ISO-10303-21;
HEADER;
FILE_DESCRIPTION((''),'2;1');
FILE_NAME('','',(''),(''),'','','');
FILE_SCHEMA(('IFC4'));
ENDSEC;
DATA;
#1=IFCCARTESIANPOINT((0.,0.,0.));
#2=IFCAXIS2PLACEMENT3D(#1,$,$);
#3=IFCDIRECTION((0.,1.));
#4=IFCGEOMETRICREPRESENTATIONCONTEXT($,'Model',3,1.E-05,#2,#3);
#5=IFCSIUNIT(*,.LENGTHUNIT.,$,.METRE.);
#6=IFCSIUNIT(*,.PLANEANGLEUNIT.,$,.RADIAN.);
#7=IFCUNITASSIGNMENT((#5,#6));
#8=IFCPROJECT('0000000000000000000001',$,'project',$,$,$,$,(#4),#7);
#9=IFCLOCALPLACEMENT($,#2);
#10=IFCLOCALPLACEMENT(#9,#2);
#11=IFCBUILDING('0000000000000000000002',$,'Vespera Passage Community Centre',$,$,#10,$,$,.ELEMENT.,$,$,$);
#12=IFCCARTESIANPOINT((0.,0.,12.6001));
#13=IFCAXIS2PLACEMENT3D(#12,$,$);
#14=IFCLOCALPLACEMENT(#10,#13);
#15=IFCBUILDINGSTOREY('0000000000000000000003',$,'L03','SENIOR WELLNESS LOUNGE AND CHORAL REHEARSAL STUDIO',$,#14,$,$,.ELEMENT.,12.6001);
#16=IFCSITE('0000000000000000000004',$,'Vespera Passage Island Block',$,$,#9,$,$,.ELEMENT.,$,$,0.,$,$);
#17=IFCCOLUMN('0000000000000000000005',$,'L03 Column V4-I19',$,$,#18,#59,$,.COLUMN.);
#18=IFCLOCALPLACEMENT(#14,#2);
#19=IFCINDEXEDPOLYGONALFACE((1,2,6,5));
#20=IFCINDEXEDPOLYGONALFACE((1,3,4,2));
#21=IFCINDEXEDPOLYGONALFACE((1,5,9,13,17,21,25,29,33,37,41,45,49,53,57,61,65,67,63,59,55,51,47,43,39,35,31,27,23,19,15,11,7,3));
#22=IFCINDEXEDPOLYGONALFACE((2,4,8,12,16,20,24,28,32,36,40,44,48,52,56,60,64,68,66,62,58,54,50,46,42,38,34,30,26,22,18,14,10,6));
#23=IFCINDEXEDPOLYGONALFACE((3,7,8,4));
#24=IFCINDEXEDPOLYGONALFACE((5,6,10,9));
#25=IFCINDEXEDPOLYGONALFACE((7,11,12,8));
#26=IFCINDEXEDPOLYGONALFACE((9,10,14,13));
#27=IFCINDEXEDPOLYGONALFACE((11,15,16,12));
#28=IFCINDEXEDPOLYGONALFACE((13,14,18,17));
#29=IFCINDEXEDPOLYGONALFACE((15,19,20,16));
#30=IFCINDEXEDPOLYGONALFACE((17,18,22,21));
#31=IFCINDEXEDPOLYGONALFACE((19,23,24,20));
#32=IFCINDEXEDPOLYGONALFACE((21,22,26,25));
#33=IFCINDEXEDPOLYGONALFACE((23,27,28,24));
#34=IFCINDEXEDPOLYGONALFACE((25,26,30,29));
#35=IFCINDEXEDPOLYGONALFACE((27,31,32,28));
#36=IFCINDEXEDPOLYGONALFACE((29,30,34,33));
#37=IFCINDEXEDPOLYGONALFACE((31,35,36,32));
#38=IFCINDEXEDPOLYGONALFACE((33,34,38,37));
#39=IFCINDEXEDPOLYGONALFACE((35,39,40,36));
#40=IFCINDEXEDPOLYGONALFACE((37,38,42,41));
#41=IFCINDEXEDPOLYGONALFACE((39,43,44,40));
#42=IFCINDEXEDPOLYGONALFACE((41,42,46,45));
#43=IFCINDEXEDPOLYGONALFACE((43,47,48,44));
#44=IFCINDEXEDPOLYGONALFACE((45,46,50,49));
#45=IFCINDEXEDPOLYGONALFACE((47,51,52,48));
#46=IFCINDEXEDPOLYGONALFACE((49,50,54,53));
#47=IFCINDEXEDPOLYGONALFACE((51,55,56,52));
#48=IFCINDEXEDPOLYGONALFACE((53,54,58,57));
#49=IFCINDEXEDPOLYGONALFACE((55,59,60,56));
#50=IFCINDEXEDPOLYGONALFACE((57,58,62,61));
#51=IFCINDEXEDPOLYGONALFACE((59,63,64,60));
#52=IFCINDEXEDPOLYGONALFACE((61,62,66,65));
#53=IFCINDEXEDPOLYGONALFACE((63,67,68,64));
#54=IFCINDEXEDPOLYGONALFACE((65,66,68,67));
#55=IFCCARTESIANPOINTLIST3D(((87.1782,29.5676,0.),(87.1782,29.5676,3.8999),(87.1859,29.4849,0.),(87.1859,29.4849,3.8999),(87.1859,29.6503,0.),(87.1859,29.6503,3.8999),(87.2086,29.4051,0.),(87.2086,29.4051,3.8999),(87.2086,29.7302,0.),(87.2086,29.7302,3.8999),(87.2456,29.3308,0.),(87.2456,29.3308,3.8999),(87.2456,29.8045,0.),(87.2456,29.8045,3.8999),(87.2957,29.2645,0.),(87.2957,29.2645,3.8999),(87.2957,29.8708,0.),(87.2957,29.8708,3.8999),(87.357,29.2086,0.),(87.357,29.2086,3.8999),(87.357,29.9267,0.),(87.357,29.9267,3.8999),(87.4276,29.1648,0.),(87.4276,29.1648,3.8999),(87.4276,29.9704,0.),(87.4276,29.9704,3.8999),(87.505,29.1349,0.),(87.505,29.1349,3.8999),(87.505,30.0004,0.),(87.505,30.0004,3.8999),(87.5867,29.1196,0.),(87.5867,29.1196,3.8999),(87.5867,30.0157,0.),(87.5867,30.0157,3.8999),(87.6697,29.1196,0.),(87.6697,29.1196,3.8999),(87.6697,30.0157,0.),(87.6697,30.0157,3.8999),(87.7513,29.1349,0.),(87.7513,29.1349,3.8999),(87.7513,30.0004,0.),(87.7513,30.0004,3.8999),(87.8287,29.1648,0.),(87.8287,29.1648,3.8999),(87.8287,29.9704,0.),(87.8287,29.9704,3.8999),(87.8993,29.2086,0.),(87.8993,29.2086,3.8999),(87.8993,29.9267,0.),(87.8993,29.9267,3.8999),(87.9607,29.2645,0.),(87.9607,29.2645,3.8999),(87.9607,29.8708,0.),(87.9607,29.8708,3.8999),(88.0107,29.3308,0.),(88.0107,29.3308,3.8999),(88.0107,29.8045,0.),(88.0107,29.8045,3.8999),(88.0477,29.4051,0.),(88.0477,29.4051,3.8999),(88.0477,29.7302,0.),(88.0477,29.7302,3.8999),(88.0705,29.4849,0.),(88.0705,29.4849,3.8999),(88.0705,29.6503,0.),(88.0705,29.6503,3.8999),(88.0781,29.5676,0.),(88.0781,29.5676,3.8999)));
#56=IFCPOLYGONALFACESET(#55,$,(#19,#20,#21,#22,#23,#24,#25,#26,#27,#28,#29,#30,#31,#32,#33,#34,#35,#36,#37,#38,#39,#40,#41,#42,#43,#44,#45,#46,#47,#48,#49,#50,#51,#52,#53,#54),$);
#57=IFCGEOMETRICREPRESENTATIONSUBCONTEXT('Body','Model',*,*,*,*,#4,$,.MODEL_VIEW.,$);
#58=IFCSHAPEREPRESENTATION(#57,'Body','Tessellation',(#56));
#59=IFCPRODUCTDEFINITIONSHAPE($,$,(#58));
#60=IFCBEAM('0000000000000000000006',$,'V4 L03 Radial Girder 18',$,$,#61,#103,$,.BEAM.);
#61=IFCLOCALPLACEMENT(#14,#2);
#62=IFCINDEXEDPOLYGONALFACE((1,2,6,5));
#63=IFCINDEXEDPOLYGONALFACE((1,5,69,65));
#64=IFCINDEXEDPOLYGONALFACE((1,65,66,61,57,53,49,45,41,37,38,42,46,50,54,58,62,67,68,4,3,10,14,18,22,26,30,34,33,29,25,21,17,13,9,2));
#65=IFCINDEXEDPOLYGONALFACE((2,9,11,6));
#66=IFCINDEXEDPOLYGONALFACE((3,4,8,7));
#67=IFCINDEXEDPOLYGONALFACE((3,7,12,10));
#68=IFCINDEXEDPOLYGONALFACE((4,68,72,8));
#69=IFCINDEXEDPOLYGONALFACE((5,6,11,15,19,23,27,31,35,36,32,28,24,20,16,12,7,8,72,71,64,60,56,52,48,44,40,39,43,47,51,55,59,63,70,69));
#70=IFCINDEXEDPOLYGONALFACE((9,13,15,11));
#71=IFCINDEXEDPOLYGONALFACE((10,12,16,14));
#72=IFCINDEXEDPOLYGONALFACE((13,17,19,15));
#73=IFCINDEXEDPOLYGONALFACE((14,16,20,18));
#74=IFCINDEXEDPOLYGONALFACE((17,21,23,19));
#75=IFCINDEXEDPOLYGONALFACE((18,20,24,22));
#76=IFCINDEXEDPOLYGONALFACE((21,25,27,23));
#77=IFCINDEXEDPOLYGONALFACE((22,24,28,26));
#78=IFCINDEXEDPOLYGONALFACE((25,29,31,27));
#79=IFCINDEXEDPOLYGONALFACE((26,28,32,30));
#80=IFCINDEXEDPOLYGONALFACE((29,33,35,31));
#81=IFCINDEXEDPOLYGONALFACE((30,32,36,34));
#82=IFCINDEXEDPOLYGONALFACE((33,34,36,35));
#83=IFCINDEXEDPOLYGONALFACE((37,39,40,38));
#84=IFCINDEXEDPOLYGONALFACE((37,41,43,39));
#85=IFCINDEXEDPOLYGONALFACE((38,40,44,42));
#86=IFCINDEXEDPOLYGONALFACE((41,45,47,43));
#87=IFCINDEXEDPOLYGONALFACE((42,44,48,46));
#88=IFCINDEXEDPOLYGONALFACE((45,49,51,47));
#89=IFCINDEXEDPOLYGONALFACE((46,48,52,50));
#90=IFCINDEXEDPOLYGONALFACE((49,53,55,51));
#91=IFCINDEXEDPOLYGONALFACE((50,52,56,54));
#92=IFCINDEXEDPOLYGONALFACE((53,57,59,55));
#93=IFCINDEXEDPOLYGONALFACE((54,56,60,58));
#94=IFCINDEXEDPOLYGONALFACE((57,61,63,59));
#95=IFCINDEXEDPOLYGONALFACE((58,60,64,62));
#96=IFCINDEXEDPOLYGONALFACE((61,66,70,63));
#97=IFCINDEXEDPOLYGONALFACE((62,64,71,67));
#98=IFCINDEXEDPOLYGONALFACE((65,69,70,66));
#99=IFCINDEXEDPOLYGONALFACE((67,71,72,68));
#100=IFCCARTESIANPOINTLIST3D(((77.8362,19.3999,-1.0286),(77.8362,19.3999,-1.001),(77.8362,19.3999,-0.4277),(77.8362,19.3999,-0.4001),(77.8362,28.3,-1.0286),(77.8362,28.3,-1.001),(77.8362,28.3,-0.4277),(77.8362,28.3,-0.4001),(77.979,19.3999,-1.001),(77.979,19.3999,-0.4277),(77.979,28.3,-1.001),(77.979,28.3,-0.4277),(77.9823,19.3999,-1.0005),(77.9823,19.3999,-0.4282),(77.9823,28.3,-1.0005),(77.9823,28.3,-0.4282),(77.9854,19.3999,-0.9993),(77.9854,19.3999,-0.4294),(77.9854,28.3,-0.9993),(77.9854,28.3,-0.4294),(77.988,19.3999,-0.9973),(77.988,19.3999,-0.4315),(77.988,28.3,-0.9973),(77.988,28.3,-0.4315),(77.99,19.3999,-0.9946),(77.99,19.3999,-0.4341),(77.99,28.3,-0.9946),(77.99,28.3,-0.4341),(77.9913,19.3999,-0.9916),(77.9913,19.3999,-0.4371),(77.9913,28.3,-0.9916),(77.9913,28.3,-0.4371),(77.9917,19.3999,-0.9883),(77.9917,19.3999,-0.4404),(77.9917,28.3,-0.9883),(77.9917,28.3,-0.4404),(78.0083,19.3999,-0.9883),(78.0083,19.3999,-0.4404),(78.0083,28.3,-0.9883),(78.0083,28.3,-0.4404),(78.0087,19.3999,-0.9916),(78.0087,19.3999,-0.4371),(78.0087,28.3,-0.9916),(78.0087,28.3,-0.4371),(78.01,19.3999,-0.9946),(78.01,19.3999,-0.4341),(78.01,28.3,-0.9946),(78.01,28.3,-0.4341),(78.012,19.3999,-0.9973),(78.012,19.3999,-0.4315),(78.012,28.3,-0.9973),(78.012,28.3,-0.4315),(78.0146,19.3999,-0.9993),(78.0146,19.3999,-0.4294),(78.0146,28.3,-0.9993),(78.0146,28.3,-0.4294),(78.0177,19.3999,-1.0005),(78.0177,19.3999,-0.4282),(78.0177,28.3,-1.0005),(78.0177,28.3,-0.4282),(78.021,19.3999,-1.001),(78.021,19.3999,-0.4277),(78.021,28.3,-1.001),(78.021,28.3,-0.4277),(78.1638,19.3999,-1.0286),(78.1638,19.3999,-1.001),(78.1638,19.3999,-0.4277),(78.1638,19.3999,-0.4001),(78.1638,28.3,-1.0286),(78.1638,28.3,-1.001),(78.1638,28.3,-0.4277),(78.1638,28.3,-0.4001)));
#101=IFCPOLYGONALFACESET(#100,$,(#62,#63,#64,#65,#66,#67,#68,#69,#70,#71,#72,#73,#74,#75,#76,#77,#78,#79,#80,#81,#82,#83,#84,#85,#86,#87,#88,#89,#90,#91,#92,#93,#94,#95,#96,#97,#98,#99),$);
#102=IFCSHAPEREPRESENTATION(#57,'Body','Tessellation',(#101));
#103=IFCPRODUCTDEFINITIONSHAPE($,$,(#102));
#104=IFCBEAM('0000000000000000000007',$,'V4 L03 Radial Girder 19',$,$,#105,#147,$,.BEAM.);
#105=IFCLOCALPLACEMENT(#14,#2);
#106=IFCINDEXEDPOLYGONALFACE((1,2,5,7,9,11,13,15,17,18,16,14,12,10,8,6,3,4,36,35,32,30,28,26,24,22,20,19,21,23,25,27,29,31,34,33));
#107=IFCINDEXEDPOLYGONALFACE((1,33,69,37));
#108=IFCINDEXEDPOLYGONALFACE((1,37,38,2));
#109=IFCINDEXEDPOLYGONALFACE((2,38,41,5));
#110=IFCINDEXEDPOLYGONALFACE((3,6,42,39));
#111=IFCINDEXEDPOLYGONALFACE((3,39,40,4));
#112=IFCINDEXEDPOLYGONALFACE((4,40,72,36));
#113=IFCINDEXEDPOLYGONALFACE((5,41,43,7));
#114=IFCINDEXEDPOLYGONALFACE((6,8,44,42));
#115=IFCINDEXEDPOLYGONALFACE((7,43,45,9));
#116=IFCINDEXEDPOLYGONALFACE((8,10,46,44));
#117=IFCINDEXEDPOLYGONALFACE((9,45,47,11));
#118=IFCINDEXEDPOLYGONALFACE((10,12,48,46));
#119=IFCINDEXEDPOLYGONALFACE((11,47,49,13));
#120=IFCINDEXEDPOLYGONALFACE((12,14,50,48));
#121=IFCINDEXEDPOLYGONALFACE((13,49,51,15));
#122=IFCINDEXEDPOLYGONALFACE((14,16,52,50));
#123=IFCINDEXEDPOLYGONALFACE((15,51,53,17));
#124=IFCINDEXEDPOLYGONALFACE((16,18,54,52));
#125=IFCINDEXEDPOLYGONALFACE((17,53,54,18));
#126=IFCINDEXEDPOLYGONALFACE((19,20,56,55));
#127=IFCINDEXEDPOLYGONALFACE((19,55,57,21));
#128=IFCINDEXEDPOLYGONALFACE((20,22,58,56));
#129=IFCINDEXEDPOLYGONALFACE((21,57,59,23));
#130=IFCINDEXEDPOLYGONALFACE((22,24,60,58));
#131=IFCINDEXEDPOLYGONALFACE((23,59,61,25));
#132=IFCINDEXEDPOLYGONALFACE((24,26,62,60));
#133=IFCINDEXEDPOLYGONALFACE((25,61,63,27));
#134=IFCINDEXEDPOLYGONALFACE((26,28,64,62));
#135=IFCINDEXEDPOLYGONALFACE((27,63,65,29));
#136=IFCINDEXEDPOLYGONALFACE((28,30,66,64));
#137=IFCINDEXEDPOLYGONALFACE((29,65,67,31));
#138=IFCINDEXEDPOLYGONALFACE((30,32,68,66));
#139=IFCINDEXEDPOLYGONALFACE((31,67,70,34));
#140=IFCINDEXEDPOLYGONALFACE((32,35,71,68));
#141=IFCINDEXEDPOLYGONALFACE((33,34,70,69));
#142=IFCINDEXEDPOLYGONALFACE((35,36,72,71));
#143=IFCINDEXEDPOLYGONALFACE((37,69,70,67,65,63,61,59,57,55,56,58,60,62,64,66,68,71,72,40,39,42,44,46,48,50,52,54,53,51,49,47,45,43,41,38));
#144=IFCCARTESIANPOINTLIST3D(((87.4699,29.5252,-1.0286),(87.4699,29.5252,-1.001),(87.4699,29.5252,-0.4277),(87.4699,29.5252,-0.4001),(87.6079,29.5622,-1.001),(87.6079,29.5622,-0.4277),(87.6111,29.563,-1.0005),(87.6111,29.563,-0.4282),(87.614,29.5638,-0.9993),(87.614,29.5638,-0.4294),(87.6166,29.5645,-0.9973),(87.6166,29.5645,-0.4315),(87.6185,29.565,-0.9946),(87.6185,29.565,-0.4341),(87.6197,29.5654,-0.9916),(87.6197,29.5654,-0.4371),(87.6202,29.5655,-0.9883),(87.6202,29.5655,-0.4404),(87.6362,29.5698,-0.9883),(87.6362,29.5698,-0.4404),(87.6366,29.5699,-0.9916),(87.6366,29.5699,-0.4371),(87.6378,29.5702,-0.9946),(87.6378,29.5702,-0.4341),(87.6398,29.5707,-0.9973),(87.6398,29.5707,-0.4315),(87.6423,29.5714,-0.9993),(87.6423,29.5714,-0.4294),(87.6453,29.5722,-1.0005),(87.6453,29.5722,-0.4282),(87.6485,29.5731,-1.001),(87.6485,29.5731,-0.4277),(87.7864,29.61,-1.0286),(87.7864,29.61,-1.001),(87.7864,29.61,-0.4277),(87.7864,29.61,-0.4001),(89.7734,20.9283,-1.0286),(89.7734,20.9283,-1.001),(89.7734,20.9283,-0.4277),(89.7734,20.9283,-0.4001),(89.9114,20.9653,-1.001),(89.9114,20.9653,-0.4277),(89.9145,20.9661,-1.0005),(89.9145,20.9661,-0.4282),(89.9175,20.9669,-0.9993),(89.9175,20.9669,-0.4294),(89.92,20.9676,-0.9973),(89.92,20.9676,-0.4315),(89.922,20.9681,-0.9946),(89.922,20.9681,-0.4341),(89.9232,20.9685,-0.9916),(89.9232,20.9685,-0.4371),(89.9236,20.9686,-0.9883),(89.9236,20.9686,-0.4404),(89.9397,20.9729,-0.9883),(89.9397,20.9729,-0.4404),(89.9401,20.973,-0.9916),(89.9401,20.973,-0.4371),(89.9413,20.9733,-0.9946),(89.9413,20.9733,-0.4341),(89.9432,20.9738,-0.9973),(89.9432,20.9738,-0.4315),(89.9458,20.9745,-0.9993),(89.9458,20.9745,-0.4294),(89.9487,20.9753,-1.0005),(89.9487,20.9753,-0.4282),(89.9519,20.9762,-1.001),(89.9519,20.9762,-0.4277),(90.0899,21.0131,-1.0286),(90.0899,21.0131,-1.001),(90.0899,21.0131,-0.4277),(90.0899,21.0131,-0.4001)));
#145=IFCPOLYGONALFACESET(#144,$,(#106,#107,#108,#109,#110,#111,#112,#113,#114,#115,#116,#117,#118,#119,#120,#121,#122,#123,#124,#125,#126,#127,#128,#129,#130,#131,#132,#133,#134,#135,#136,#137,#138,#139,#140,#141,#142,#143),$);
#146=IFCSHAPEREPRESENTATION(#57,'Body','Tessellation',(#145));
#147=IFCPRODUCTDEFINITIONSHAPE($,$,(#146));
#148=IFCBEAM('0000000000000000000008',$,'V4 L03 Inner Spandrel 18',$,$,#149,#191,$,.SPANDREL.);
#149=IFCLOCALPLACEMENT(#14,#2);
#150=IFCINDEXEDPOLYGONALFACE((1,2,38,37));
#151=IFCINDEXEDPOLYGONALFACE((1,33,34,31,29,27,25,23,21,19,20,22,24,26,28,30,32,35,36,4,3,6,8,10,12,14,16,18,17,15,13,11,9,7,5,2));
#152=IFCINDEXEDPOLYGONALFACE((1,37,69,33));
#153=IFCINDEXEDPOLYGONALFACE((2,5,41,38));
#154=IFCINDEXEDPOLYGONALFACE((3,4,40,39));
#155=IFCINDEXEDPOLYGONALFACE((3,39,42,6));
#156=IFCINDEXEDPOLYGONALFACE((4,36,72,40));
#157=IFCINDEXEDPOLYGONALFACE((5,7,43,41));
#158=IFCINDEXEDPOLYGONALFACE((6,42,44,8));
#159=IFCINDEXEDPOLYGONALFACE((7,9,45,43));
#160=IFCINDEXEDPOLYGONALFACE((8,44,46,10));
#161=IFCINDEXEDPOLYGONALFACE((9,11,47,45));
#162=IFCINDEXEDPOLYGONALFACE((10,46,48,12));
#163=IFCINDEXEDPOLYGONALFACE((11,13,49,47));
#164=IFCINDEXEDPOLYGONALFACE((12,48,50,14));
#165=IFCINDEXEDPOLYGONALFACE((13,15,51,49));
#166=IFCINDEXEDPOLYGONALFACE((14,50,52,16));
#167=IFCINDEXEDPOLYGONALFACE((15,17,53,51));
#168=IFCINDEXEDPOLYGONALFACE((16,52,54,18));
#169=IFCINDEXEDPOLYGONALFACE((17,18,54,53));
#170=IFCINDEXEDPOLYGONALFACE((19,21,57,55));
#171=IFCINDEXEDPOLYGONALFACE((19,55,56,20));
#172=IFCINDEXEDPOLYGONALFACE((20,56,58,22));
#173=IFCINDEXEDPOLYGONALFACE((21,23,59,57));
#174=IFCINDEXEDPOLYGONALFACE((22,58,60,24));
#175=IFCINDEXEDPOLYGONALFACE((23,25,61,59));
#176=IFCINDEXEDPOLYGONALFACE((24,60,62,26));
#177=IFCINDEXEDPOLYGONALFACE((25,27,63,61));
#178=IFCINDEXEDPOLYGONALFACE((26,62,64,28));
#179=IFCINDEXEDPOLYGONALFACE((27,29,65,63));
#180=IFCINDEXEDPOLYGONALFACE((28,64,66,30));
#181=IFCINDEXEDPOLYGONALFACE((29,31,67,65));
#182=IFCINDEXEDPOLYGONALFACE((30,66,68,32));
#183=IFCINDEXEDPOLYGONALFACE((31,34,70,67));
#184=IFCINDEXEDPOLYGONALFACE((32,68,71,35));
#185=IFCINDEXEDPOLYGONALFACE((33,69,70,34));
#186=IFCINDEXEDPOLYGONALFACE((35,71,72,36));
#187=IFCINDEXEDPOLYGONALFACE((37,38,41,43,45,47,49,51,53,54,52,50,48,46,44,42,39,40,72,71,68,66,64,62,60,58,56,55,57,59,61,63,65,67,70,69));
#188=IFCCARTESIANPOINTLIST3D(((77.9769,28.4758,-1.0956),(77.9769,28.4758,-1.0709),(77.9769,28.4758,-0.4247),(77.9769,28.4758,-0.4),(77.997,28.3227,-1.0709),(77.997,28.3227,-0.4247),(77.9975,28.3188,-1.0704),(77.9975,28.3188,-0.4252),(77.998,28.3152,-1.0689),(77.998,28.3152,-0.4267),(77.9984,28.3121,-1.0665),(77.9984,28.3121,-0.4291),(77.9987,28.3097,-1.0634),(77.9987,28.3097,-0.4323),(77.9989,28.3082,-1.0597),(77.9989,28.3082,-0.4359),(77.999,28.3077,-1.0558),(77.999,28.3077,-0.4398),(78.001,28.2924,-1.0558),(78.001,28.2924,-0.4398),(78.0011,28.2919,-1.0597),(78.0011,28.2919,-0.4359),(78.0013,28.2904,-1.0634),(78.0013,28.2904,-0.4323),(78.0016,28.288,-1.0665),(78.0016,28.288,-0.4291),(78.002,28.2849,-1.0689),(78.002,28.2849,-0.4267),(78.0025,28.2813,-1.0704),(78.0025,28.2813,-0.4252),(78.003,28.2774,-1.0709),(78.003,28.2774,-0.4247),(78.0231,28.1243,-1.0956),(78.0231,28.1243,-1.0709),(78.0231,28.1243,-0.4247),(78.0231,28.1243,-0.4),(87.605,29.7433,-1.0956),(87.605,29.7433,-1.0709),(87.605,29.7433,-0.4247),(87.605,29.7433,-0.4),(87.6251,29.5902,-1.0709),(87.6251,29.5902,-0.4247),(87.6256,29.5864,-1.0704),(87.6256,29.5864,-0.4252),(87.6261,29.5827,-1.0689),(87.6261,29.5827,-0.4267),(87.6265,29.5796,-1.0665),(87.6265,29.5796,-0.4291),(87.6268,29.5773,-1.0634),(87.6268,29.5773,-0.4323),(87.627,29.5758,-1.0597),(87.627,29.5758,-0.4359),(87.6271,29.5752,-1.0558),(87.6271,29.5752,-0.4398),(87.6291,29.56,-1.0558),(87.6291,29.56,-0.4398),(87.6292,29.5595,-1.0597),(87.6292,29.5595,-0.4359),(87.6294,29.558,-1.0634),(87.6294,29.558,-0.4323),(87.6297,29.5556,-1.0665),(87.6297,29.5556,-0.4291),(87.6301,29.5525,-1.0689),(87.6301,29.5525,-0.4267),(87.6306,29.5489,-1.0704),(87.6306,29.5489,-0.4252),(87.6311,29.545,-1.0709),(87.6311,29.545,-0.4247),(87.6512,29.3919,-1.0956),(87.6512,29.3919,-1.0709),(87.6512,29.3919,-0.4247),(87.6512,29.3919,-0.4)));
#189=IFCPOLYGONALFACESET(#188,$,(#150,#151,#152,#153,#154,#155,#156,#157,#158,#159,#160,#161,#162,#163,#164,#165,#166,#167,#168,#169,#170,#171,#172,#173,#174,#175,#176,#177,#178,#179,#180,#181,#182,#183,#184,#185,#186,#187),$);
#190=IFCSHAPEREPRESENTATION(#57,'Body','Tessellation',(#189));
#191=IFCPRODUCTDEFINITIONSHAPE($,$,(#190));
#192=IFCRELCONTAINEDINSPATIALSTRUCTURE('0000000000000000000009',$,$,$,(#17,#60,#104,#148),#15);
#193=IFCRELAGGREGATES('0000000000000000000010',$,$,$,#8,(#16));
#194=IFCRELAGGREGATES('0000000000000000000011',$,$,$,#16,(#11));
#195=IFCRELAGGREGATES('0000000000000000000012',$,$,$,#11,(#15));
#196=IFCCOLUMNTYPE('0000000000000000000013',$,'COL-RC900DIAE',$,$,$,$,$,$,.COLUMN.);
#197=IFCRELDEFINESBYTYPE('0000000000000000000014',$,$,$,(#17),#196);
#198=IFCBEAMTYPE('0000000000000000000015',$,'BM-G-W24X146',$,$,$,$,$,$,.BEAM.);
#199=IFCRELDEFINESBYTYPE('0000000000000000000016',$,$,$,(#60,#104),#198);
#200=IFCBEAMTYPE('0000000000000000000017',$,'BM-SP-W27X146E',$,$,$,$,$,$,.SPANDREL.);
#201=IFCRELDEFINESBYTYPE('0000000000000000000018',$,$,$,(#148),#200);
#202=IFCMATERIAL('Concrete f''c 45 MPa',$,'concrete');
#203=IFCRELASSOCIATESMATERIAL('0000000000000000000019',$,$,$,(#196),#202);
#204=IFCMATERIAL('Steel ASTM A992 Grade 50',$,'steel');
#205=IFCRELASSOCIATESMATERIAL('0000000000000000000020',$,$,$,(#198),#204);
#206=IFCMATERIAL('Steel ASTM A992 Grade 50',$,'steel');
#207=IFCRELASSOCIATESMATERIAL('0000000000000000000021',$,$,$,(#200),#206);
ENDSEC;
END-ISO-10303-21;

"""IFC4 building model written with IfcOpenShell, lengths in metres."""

from ifc_helpers import new_model, si_unit, direction, frame, origin, origin_2d, place, context, subcontext, project, spatial, circle, i_section, extrude, material, material_profile, profile_set, type_object, element, save


model = new_model("IFC4")

# Units and contexts
model_context = context("Model", 3, precision=1e-05, world=origin(), true_north=direction((0.0, 1.0)))
body_context = subcontext(model_context, "Body", "Model", "MODEL_VIEW")
ifc_project = project(units=[si_unit("LENGTHUNIT", "METRE"), si_unit("PLANEANGLEUNIT", "RADIAN")], contexts=[model_context])

# Site, building, storey
site_placement = place(None, origin())
site = spatial("IfcSite", under=ifc_project, at=site_placement, Name="Vespera Passage Island Block", CompositionType="ELEMENT", RefElevation=0.0)
building_placement = place(site_placement, origin())
building = spatial("IfcBuilding", under=site, at=building_placement, Name="Vespera Passage Community Centre", CompositionType="ELEMENT")
storey_placement = place(building_placement, frame((0.0, 0.0, 12.6001)))
storey = spatial("IfcBuildingStorey", under=building, at=storey_placement, Name="L03", Description="SENIOR WELLNESS LOUNGE AND CHORAL REHEARSAL STUDIO", CompositionType="ELEMENT", Elevation=12.6001)

# Column
ifc_material_1 = material(Name="Concrete f'c 45 MPa", Category="concrete")
ifc_material_profile_1 = material_profile(ifc_material_1, circle(Radius=0.45, at=origin_2d()), Name="RC900DIA")
ifc_profile_set_1 = profile_set([ifc_material_profile_1], Name="Concrete f'c 45 MPa")
column_type = type_object("IfcColumnType", Name="COL-RC900DIAE", PredefinedType="COLUMN", material=ifc_profile_set_1)
column_placement = place(storey_placement, frame((87.6282, 29.5676, 0.0), z_axis=(0.0, 0.0, 1.0), x_axis=(1.0, 0.0, 0.0)))
element("IfcColumn", 1, at=column_placement, inside=storey, type_object=column_type, Name="L03 Column V4-I19", PredefinedType="COLUMN", context=body_context, shape_type="SweptSolid", body=[
    extrude(circle(Radius=0.45, at=origin_2d()), origin(), (0.0, 0.0, 1.0), 3.8999),
])

# Beams
ifc_material_2 = material(Name="Steel ASTM A992 Grade 50", Category="steel")
ifc_material_profile_2 = material_profile(ifc_material_2, i_section(OverallWidth=0.3276, OverallDepth=0.6284, WebThickness=0.0166, FlangeThickness=0.0276, FilletRadius=0.0127, at=origin_2d()), Name="W24X146")
ifc_profile_set_2 = profile_set([ifc_material_profile_2], Name="Steel ASTM A992 Grade 50")
beam_type_1 = type_object("IfcBeamType", Name="BM-G-W24X146", PredefinedType="BEAM", material=ifc_profile_set_2)
for number, where, z_axis, x_axis, name in (
    (2, (78.0, 28.3, -0.7144), (0.0, -1.0, 0.0), (1.0, 0.0, 0.0), "V4 L03 Radial Girder 18"),
    (3, (87.6282, 29.5676, -0.7144), (0.258811, -0.965928, 0.0), (0.965928, 0.258811, 0.0), "V4 L03 Radial Girder 19"),
):
    element("IfcBeam", number, at=place(storey_placement, frame(where, z_axis=z_axis, x_axis=x_axis)), inside=storey, type_object=beam_type_1, Name=name, PredefinedType="BEAM", context=body_context, shape_type="SweptSolid", body=[
        extrude(i_section(OverallWidth=0.3276, OverallDepth=0.6284, WebThickness=0.0166, FlangeThickness=0.0276, FilletRadius=0.0127, at=origin_2d()), origin(), (0.0, 0.0, 1.0), 8.9001),
    ])
ifc_material_3 = material(Name="Steel ASTM A992 Grade 50", Category="steel")
ifc_material_profile_3 = material_profile(ifc_material_3, i_section(OverallWidth=0.3545, OverallDepth=0.6956, WebThickness=0.0154, FlangeThickness=0.0247, FilletRadius=0.0151, at=origin_2d()), Name="W27X146")
ifc_profile_set_3 = profile_set([ifc_material_profile_3], Name="Steel ASTM A992 Grade 50")
beam_type_2 = type_object("IfcBeamType", Name="BM-SP-W27X146E", PredefinedType="SPANDREL", material=ifc_profile_set_3)
for number, where, z_axis, x_axis, name in (
    (4, (78.0, 28.3, -0.7478), (0.991445, 0.130527, 0.0), (-0.130527, 0.991445, 0.0), "V4 L03 Inner Spandrel 18"),
):
    element("IfcBeam", number, at=place(storey_placement, frame(where, z_axis=z_axis, x_axis=x_axis)), inside=storey, type_object=beam_type_2, Name=name, PredefinedType="SPANDREL", context=body_context, shape_type="SweptSolid", body=[
        extrude(i_section(OverallWidth=0.3545, OverallDepth=0.6956, WebThickness=0.0154, FlangeThickness=0.0247, FilletRadius=0.0151, at=origin_2d()), origin(), (0.0, 0.0, 1.0), 9.7112),
    ])

save(model, "model.ifc")
